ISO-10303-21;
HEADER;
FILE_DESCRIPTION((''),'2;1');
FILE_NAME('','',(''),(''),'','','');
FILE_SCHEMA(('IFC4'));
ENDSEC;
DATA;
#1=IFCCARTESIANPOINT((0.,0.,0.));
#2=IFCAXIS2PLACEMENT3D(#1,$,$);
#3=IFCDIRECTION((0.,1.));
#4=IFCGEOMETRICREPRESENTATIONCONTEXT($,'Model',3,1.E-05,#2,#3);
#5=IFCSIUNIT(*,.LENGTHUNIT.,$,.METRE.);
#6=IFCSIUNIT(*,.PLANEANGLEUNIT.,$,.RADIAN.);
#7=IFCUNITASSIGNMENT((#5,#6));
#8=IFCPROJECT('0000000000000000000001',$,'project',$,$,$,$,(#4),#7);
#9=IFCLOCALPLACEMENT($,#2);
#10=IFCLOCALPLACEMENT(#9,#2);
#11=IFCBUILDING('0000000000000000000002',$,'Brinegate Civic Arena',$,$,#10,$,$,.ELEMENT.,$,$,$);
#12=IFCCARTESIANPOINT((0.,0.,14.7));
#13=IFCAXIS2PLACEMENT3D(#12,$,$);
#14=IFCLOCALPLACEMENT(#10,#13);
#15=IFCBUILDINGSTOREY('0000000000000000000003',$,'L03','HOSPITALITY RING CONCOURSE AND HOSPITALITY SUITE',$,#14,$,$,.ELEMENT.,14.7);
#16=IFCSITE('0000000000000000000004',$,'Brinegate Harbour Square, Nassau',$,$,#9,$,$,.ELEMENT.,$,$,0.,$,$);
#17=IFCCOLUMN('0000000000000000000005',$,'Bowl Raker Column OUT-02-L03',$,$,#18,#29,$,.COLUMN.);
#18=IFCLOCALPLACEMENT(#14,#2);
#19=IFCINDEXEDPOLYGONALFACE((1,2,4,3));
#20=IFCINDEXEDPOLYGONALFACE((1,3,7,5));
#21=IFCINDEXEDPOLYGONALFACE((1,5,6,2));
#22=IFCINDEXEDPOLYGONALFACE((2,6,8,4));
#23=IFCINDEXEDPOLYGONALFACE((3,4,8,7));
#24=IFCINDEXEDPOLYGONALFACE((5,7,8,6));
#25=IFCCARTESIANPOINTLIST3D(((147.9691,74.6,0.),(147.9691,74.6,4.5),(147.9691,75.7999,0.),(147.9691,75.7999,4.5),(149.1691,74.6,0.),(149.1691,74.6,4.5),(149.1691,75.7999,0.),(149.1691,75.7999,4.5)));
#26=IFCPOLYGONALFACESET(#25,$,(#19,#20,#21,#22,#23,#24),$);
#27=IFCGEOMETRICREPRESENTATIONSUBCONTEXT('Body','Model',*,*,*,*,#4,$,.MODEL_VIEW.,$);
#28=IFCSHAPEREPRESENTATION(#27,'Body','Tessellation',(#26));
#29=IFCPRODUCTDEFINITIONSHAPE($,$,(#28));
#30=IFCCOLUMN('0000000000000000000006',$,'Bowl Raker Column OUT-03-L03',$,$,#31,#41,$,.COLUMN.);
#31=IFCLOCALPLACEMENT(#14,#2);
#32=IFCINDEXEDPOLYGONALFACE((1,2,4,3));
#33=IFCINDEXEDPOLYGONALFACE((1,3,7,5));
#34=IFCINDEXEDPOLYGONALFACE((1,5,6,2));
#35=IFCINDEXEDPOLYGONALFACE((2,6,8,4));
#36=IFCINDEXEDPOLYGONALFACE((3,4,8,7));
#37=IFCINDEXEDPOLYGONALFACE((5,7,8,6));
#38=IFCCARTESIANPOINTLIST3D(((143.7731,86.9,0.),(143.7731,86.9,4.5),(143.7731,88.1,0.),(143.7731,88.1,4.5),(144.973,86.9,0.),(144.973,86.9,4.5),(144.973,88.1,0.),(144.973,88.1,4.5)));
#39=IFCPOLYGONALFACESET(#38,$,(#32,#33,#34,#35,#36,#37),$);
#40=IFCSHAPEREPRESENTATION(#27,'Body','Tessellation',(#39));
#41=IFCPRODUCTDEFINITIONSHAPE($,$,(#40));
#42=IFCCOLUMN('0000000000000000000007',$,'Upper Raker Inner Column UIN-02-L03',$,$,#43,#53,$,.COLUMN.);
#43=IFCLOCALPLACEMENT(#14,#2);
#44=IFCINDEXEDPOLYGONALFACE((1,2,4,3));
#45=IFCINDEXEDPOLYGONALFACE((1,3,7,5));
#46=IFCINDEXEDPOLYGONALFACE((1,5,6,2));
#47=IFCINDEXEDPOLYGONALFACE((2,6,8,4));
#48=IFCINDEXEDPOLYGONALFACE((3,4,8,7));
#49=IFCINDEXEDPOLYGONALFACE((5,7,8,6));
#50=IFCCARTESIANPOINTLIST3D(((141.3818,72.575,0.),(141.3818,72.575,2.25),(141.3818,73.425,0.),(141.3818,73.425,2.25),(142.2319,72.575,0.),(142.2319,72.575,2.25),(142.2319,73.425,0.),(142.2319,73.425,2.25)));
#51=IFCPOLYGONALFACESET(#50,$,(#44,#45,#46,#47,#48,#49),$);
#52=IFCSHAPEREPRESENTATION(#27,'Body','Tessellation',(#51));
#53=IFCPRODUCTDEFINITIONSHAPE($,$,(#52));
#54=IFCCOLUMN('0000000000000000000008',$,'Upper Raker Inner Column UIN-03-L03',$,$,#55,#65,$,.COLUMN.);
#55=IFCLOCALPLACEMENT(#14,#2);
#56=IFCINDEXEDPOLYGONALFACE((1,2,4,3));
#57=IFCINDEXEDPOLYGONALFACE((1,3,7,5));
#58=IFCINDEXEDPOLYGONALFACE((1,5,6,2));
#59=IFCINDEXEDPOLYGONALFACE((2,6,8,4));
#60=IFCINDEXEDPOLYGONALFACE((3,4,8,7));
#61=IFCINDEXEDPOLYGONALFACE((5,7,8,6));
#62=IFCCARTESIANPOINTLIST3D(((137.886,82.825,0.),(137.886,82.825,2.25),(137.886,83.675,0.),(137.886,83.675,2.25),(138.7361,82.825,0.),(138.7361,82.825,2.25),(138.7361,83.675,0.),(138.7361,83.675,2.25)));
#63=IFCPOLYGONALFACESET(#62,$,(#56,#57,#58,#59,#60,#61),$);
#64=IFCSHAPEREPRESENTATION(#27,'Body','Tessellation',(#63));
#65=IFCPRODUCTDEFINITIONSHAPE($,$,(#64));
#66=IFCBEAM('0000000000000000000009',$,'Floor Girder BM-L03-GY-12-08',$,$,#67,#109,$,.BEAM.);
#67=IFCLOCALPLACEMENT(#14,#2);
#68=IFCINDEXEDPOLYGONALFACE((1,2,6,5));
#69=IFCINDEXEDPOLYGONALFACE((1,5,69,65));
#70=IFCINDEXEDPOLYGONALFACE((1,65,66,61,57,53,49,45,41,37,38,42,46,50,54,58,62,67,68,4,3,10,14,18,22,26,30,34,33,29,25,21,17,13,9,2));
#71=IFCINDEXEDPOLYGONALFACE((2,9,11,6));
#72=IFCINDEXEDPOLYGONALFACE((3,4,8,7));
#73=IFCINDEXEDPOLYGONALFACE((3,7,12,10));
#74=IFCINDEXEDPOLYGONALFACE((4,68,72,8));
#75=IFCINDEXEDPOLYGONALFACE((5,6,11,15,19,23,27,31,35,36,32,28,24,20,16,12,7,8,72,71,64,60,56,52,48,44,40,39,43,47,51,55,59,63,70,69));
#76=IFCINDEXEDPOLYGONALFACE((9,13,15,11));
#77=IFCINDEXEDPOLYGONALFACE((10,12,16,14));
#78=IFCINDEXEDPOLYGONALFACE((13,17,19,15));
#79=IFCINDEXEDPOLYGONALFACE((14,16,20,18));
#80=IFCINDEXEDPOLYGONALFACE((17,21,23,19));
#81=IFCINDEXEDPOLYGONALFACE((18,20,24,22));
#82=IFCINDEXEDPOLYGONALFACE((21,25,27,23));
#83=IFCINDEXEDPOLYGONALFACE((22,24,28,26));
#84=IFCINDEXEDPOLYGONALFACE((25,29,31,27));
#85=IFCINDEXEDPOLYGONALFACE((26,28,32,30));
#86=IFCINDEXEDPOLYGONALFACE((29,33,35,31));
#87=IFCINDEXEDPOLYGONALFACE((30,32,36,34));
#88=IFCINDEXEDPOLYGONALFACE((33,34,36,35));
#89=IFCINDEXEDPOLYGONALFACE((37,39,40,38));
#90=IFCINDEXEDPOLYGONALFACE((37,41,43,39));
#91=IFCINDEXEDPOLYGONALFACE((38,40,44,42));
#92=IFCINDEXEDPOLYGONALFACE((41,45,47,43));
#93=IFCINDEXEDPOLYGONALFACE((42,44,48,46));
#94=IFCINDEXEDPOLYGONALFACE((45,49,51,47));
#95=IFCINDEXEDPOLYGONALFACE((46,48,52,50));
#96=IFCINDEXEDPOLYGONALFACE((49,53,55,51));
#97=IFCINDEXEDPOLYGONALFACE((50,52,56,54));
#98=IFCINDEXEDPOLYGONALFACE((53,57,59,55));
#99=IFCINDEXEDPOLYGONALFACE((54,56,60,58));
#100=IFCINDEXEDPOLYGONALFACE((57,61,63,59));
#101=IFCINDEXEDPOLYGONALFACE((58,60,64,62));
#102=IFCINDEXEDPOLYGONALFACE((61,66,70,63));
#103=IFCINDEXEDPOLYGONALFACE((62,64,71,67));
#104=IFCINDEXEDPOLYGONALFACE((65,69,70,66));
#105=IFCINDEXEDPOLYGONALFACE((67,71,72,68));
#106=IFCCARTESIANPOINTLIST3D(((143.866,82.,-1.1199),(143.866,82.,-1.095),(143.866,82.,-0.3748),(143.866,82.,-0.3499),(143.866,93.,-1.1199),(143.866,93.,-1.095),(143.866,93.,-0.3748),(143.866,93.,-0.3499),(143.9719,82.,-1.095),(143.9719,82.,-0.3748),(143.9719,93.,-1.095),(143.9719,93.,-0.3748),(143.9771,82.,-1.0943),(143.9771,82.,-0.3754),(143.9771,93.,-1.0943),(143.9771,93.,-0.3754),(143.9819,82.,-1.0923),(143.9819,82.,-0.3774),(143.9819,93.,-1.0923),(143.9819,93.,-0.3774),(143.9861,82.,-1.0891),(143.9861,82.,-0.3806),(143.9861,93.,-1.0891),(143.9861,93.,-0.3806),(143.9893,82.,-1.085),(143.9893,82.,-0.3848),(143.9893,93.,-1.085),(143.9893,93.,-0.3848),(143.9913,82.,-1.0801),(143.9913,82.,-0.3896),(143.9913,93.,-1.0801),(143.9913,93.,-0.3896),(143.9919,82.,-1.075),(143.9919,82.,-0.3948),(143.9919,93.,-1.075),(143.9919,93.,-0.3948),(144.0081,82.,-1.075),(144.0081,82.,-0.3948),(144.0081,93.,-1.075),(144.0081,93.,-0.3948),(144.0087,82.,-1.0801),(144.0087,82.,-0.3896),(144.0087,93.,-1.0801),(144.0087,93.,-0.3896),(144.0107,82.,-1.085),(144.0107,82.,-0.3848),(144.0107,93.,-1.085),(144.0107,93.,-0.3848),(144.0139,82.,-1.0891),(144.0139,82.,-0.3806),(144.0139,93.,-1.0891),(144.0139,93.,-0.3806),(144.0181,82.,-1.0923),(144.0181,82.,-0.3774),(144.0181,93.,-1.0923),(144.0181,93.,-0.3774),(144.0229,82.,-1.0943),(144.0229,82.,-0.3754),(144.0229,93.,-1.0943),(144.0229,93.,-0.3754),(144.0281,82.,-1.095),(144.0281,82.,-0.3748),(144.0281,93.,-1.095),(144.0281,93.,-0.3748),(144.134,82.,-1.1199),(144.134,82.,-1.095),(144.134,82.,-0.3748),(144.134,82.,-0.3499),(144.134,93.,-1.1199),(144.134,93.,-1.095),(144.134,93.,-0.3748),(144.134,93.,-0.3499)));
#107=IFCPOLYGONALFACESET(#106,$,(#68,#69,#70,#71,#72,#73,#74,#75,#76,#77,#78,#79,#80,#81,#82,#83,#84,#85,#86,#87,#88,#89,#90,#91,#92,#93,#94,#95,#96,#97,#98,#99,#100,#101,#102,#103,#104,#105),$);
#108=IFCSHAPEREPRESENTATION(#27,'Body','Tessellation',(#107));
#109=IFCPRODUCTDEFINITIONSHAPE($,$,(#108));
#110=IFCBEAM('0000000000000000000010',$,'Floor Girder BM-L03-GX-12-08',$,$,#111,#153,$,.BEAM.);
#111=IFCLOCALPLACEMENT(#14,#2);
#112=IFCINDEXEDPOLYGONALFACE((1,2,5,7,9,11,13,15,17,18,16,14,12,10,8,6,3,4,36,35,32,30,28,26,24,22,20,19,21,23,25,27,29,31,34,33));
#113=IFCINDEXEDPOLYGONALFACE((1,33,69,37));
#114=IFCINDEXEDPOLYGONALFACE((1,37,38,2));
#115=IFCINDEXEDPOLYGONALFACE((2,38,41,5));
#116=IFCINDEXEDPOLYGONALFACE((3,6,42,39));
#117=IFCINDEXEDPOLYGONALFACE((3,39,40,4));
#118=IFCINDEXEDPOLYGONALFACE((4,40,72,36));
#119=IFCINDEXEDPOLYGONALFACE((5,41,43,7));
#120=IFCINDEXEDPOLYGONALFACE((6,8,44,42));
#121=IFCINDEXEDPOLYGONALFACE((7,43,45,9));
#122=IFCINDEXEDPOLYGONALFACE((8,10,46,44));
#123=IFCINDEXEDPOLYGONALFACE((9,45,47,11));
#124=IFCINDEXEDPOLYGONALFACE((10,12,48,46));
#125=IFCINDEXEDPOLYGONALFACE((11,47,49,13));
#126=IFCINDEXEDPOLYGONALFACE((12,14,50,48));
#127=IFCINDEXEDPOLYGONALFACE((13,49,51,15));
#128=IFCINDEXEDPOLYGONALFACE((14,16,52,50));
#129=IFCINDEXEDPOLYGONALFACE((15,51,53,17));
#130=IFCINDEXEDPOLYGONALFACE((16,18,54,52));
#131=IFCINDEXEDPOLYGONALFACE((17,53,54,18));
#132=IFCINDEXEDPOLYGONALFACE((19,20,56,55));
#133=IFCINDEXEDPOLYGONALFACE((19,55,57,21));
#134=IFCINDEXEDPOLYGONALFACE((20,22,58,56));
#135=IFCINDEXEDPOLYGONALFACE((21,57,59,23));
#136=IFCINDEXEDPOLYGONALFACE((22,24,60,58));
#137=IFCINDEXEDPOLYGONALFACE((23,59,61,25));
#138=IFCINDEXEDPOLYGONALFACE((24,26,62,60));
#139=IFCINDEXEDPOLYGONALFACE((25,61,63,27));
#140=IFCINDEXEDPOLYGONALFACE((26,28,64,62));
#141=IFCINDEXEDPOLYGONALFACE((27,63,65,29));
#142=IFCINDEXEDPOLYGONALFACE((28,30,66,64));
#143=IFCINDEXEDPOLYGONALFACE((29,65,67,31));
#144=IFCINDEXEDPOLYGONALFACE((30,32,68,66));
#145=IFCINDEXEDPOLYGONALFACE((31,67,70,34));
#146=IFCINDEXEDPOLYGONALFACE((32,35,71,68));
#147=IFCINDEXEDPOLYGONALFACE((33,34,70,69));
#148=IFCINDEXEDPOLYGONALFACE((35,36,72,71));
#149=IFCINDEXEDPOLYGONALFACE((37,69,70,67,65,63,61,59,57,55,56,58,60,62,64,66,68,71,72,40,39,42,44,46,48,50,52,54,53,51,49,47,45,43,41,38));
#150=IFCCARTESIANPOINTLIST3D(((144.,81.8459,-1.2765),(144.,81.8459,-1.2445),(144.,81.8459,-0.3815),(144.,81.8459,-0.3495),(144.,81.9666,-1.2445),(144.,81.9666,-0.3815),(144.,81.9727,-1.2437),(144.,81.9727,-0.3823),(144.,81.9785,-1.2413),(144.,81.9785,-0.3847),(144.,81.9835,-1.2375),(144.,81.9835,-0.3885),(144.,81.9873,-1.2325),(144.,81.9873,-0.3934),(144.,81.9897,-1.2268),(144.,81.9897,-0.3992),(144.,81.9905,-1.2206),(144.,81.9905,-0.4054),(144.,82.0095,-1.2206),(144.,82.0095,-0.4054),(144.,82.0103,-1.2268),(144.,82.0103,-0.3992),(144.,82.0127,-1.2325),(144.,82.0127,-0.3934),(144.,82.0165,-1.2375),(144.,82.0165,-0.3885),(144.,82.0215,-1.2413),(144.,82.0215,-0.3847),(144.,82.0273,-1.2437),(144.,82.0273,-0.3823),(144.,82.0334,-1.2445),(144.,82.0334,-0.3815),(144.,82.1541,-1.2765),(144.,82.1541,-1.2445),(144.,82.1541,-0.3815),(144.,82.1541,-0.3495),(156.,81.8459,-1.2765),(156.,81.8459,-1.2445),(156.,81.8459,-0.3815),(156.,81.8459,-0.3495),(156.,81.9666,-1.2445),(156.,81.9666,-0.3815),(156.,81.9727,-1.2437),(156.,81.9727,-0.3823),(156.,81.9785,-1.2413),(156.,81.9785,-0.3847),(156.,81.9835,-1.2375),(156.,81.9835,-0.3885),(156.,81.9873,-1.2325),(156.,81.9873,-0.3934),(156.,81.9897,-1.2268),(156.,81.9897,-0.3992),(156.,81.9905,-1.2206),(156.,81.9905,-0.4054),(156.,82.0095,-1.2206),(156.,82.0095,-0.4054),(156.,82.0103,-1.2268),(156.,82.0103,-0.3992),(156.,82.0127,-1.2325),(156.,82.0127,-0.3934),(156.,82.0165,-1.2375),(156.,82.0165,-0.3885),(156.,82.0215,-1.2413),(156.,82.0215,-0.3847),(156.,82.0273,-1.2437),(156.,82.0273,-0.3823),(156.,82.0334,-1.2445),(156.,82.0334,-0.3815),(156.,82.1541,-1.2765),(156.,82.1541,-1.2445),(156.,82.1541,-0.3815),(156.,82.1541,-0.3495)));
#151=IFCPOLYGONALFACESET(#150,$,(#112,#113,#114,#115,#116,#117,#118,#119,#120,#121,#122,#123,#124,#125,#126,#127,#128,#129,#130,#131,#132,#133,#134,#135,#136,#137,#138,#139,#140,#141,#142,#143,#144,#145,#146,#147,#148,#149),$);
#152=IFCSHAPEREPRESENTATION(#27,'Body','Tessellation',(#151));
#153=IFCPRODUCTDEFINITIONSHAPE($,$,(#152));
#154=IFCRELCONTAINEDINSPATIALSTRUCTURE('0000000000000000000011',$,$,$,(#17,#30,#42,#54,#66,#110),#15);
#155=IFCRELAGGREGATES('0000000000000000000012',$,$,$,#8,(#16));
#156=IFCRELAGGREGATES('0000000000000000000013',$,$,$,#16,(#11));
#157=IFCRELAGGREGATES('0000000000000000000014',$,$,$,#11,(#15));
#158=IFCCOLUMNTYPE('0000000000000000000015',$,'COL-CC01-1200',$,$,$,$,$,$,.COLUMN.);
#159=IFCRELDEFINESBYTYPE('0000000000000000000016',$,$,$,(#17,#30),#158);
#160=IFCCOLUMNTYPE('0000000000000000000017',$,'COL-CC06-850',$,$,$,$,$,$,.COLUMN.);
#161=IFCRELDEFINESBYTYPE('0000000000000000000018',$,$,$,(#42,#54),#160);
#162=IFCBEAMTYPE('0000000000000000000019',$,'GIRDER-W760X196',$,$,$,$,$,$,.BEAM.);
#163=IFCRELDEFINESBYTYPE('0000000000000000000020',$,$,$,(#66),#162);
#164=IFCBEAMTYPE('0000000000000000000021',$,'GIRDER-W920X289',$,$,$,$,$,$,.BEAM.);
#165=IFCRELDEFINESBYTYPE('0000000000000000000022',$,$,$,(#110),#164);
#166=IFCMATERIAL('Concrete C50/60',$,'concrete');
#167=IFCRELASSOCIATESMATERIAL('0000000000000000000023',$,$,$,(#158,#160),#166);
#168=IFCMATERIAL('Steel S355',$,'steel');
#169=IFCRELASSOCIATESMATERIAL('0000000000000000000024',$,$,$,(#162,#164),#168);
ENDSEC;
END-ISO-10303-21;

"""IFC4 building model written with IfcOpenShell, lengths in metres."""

from ifc_helpers import new_model, si_unit, direction, frame, origin, origin_2d, place, context, subcontext, project, spatial, rectangle, i_section, extrude, material, material_profile, profile_set, type_object, element, save


model = new_model("IFC4")

# Units and contexts
model_context = context("Model", 3, precision=1e-05, world=origin(), true_north=direction((0.0, 1.0)))
body_context = subcontext(model_context, "Body", "Model", "MODEL_VIEW")
ifc_project = project(units=[si_unit("LENGTHUNIT", "METRE"), si_unit("PLANEANGLEUNIT", "RADIAN")], contexts=[model_context])

# Site, building, storey
site_placement = place(None, origin())
site = spatial("IfcSite", under=ifc_project, at=site_placement, Name="Brinegate Harbour Square, Nassau", CompositionType="ELEMENT", RefElevation=0.0)
building_placement = place(site_placement, origin())
building = spatial("IfcBuilding", under=site, at=building_placement, Name="Brinegate Civic Arena", CompositionType="ELEMENT")
storey_placement = place(building_placement, frame((0.0, 0.0, 14.7)))
storey = spatial("IfcBuildingStorey", under=building, at=storey_placement, Name="L03", Description="HOSPITALITY RING CONCOURSE AND HOSPITALITY SUITE", CompositionType="ELEMENT", Elevation=14.7)

# Columns
ifc_material_1 = material(Name="Concrete C50/60", Category="concrete")
ifc_material_profile_1 = material_profile(ifc_material_1, rectangle(XDim=1.2, YDim=1.2, at=origin_2d()), Name="RC1200X1200")
ifc_profile_set_1 = profile_set([ifc_material_profile_1], Name="Concrete C50/60")
column_type_1 = type_object("IfcColumnType", Name="COL-CC01-1200", PredefinedType="COLUMN", material=ifc_profile_set_1)
for number, where, z_axis, x_axis, name in (
    (1, (148.5691, 75.2, 0.0), (0.0, 0.0, 1.0), (1.0, 0.0, 0.0), "Bowl Raker Column OUT-02-L03"),
    (2, (144.373, 87.5, 0.0), (0.0, 0.0, 1.0), (1.0, 0.0, 0.0), "Bowl Raker Column OUT-03-L03"),
):
    element("IfcColumn", number, at=place(storey_placement, frame(where, z_axis=z_axis, x_axis=x_axis)), inside=storey, type_object=column_type_1, Name=name, PredefinedType="COLUMN", context=body_context, shape_type="SweptSolid", body=[
        extrude(rectangle(XDim=1.2, YDim=1.2, at=origin_2d()), origin(), (0.0, 0.0, 1.0), 4.5),
    ])
ifc_material_profile_2 = material_profile(ifc_material_1, rectangle(XDim=0.8501, YDim=0.8501, at=origin_2d()), Name="RC850X850")
ifc_profile_set_2 = profile_set([ifc_material_profile_2], Name="Concrete C50/60")
column_type_2 = type_object("IfcColumnType", Name="COL-CC06-850", PredefinedType="COLUMN", material=ifc_profile_set_2)
for number, where, z_axis, x_axis, name in (
    (3, (141.8069, 73.0, 0.0), (0.0, 0.0, 1.0), (1.0, 0.0, 0.0), "Upper Raker Inner Column UIN-02-L03"),
    (4, (138.311, 83.25, 0.0), (0.0, 0.0, 1.0), (1.0, 0.0, 0.0), "Upper Raker Inner Column UIN-03-L03"),
):
    element("IfcColumn", number, at=place(storey_placement, frame(where, z_axis=z_axis, x_axis=x_axis)), inside=storey, type_object=column_type_2, Name=name, PredefinedType="COLUMN", context=body_context, shape_type="SweptSolid", body=[
        extrude(rectangle(XDim=0.8501, YDim=0.8501, at=origin_2d()), origin(), (0.0, 0.0, 1.0), 2.25),
    ])

# Beams
ifc_material_2 = material(Name="Steel S355", Category="steel")
ifc_material_profile_3 = material_profile(ifc_material_2, i_section(OverallWidth=0.2681, OverallDepth=0.77, WebThickness=0.0161, FlangeThickness=0.0249, FilletRadius=0.02, at=origin_2d()), Name="W760X196")
ifc_profile_set_3 = profile_set([ifc_material_profile_3], Name="Steel S355")
beam_type_1 = type_object("IfcBeamType", Name="GIRDER-W760X196", PredefinedType="BEAM", material=ifc_profile_set_3)
beam_1_placement = place(storey_placement, frame((144.0, 82.0, -0.7349), z_axis=(0.0, 1.0, 0.0), x_axis=(-1.0, 0.0, 0.0)))
element("IfcBeam", 5, at=beam_1_placement, inside=storey, type_object=beam_type_1, Name="Floor Girder BM-L03-GY-12-08", PredefinedType="BEAM", context=body_context, shape_type="SweptSolid", body=[
    extrude(i_section(OverallWidth=0.2681, OverallDepth=0.77, WebThickness=0.0161, FlangeThickness=0.0249, FilletRadius=0.02, at=origin_2d()), origin(), (0.0, 0.0, 1.0), 11.0),
])
ifc_material_profile_4 = material_profile(ifc_material_2, i_section(OverallWidth=0.3081, OverallDepth=0.927, WebThickness=0.019, FlangeThickness=0.032, FilletRadius=0.0239, at=origin_2d()), Name="W920X289")
ifc_profile_set_4 = profile_set([ifc_material_profile_4], Name="Steel S355")
beam_type_2 = type_object("IfcBeamType", Name="GIRDER-W920X289", PredefinedType="BEAM", material=ifc_profile_set_4)
beam_2_placement = place(storey_placement, frame((144.0, 82.0, -0.813), z_axis=(1.0, 0.0, 0.0), x_axis=(0.0, 1.0, 0.0)))
element("IfcBeam", 6, at=beam_2_placement, inside=storey, type_object=beam_type_2, Name="Floor Girder BM-L03-GX-12-08", PredefinedType="BEAM", context=body_context, shape_type="SweptSolid", body=[
    extrude(i_section(OverallWidth=0.3081, OverallDepth=0.927, WebThickness=0.019, FlangeThickness=0.032, FilletRadius=0.0239, at=origin_2d()), origin(), (0.0, 0.0, 1.0), 12.0),
])

save(model, "model.ifc")
